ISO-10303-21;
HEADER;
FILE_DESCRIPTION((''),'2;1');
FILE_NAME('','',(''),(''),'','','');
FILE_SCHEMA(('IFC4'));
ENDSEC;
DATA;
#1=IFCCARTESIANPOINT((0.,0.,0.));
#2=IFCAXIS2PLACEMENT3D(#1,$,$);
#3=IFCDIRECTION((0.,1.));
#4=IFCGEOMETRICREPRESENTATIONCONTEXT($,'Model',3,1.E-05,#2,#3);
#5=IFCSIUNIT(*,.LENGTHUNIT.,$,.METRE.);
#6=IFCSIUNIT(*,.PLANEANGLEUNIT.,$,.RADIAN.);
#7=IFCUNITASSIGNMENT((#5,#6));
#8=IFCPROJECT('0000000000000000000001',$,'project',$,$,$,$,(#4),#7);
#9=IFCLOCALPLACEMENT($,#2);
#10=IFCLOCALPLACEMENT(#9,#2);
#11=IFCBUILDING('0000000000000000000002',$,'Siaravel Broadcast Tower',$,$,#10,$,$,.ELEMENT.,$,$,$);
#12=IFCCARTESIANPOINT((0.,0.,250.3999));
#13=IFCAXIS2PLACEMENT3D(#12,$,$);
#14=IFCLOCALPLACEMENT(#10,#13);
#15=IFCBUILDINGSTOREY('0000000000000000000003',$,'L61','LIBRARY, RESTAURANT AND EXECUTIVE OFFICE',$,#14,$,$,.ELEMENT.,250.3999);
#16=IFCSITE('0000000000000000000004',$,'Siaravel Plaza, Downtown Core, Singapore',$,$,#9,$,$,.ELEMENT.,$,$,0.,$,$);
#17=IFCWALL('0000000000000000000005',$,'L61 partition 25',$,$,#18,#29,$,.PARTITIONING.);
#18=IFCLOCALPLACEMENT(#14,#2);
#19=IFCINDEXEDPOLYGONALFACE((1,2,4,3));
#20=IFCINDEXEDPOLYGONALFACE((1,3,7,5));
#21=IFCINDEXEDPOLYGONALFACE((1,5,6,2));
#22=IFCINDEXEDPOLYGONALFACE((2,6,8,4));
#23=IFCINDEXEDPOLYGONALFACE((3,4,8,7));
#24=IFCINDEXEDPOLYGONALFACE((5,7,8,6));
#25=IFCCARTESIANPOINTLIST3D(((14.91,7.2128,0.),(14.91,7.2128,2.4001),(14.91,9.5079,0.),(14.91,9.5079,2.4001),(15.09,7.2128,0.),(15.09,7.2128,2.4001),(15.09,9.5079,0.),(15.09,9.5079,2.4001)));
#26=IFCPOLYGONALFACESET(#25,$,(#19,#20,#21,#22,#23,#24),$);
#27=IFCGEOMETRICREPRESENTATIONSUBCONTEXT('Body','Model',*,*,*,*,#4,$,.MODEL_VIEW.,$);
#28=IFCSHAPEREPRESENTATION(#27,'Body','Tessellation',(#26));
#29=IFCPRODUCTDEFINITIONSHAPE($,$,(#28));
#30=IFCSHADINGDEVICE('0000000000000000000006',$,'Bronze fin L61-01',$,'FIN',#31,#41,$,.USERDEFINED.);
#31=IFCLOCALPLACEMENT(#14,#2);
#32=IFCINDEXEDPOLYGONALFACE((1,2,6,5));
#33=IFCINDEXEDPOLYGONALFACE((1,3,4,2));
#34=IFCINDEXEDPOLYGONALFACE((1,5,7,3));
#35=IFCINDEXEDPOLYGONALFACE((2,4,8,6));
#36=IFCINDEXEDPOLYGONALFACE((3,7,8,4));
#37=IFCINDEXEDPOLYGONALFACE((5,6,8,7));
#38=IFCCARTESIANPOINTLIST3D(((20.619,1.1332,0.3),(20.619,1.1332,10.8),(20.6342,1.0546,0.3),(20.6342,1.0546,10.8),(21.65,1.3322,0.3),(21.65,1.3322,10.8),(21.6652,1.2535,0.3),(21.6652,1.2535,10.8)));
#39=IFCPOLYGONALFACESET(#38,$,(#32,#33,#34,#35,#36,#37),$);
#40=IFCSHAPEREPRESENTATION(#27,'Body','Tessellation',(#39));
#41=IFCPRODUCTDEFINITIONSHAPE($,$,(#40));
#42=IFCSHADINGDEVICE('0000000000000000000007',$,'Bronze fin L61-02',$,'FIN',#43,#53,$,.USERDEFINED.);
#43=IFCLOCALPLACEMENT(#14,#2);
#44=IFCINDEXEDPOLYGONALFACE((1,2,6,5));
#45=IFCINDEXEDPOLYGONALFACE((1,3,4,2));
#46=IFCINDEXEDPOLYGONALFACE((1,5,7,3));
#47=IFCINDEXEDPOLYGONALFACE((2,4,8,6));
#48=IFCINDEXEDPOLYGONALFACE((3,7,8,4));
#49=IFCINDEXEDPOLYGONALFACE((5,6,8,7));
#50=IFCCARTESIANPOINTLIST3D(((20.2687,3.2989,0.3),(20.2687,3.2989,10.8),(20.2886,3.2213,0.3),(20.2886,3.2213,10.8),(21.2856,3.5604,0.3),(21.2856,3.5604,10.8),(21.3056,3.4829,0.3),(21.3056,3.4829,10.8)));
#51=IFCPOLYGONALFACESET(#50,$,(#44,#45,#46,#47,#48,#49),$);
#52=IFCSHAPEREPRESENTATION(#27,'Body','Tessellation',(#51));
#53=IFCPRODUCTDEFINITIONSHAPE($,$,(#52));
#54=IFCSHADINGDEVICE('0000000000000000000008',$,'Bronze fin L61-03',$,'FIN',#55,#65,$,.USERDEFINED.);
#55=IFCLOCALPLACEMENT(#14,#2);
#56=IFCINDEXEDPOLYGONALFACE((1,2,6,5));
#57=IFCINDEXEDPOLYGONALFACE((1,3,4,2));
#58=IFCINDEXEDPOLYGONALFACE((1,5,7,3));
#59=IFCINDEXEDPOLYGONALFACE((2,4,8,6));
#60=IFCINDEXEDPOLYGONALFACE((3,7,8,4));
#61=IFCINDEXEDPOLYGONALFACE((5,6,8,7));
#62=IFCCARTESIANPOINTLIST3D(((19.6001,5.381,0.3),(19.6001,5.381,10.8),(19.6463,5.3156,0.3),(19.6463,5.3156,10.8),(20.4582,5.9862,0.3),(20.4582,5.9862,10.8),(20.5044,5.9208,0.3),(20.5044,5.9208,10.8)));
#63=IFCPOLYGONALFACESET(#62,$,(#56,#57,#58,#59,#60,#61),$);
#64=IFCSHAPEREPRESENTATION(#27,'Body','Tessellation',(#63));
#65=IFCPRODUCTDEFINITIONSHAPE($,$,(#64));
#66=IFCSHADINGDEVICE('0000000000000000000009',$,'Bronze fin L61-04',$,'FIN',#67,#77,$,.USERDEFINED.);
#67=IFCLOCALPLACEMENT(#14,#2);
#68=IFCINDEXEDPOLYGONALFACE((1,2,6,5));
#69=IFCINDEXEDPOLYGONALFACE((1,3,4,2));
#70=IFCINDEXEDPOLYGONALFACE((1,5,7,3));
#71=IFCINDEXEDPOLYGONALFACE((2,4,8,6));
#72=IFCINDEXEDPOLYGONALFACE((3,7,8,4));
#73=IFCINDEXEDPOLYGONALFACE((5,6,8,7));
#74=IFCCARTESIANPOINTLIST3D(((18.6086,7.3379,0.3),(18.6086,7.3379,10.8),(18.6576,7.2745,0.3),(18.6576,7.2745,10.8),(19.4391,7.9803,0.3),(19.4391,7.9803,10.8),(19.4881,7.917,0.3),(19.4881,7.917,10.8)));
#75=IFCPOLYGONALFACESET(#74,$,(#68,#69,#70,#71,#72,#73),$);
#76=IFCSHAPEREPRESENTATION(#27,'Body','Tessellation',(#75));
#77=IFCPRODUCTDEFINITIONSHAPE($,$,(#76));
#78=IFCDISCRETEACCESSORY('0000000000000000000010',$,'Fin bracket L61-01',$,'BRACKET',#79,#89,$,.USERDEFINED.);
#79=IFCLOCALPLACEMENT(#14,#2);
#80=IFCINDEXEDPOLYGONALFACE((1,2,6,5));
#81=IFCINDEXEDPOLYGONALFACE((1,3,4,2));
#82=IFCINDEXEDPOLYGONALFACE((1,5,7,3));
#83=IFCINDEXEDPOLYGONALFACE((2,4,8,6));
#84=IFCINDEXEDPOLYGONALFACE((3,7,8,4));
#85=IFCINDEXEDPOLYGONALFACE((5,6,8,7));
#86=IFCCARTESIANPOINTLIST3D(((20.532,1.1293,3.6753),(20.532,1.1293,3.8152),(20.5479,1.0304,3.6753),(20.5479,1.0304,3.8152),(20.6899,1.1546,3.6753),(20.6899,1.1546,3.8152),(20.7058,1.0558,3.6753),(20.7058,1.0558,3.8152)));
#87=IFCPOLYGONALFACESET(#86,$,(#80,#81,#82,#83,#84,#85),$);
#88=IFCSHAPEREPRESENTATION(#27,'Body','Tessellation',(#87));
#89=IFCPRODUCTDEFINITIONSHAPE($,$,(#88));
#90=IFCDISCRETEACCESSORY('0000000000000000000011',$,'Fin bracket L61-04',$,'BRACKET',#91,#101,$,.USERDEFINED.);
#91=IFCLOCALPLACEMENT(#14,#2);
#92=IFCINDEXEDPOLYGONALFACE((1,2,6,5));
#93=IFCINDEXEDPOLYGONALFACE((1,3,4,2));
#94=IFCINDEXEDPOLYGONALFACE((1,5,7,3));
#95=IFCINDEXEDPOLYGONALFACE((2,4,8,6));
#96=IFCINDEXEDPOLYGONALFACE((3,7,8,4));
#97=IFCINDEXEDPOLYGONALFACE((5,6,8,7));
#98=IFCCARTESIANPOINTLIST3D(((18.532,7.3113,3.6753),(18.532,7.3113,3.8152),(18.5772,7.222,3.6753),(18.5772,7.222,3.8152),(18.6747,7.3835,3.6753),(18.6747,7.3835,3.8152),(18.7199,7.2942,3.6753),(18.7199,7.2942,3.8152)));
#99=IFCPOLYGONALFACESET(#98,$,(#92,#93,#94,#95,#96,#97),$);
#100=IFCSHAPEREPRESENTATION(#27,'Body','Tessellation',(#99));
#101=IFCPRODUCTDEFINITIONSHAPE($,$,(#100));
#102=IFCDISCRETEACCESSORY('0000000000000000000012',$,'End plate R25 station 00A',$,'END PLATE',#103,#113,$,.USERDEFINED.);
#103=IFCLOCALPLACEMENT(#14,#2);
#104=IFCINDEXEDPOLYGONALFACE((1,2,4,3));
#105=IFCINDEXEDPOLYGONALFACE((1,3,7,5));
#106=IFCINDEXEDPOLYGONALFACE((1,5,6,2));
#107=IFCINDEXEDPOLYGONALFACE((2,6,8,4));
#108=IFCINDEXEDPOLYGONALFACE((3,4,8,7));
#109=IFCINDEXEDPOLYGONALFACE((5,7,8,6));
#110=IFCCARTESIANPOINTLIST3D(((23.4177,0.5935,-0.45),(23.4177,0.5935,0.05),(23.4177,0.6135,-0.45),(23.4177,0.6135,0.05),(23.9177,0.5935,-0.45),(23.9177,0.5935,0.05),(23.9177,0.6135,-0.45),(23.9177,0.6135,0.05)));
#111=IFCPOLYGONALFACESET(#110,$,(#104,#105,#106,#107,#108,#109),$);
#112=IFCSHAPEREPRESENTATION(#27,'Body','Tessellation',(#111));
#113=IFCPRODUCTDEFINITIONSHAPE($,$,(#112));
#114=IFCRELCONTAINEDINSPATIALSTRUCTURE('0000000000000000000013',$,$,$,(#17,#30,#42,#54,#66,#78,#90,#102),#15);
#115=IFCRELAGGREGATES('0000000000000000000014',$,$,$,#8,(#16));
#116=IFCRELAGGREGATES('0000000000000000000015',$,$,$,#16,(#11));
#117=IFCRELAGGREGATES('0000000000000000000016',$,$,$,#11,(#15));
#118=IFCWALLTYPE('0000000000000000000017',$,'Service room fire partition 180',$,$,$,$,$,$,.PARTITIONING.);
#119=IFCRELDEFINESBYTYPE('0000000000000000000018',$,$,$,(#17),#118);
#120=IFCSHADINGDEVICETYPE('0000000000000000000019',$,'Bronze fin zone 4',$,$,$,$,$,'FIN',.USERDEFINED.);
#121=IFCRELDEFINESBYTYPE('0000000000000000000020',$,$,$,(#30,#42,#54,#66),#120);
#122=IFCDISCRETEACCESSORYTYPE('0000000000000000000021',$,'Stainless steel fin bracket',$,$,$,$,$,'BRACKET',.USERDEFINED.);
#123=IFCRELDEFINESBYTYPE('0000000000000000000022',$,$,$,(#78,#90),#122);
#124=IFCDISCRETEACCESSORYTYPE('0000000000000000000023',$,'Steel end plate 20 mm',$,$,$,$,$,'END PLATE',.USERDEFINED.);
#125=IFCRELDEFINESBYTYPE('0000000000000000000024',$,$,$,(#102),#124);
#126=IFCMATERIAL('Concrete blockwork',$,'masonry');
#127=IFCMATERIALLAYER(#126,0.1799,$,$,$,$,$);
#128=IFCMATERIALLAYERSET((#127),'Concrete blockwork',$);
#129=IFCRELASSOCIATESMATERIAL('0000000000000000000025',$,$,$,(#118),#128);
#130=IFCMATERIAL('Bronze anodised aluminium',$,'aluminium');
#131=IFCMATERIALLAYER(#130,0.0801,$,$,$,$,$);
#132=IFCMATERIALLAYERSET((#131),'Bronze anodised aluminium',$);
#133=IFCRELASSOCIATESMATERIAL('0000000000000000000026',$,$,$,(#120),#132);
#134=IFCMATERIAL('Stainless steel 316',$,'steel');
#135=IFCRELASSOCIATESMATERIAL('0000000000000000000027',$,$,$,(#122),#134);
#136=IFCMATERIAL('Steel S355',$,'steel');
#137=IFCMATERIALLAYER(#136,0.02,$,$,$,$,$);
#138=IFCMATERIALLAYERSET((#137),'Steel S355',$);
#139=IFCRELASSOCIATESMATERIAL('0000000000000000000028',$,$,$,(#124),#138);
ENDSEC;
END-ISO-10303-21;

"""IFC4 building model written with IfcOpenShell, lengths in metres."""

from ifc_helpers import new_model, si_unit, direction, frame, frame_2d, origin, origin_2d, place, context, subcontext, project, spatial, rectangle, extrude, material, layer, layer_set, type_object, element, save


model = new_model("IFC4")

# Units and contexts
model_context = context("Model", 3, precision=1e-05, world=origin(), true_north=direction((0.0, 1.0)))
body_context = subcontext(model_context, "Body", "Model", "MODEL_VIEW")
ifc_project = project(units=[si_unit("LENGTHUNIT", "METRE"), si_unit("PLANEANGLEUNIT", "RADIAN")], contexts=[model_context])

# Site, building, storey
site_placement = place(None, origin())
site = spatial("IfcSite", under=ifc_project, at=site_placement, Name="Siaravel Plaza, Downtown Core, Singapore", CompositionType="ELEMENT", RefElevation=0.0)
building_placement = place(site_placement, origin())
building = spatial("IfcBuilding", under=site, at=building_placement, Name="Siaravel Broadcast Tower", CompositionType="ELEMENT")
storey_placement = place(building_placement, frame((0.0, 0.0, 250.3999)))
storey = spatial("IfcBuildingStorey", under=building, at=storey_placement, Name="L61", Description="LIBRARY, RESTAURANT AND EXECUTIVE OFFICE", CompositionType="ELEMENT", Elevation=250.3999)

# Shared definitions
ifc_material_1 = material(Name="Steel S355", Category="steel")

# Wall
ifc_material_2 = material(Name="Concrete blockwork", Category="masonry")
ifc_layer_1 = layer(ifc_material_2, 0.1799)
ifc_layer_set_1 = layer_set([ifc_layer_1], Name="Concrete blockwork")
wall_type = type_object("IfcWallType", Name="Service room fire partition 180", PredefinedType="PARTITIONING", material=ifc_layer_set_1)
wall_1_placement = place(storey_placement, frame((15.0, 7.2129, 0.0), z_axis=(0.0, 0.0, 1.0), x_axis=(0.0, 1.0, 0.0)))
element("IfcWall", 1, at=wall_1_placement, inside=storey, type_object=wall_type, Name="L61 partition 25", PredefinedType="PARTITIONING", context=body_context, shape_type="SweptSolid", body=[
    extrude(rectangle(XDim=2.2952, YDim=0.1799, at=frame_2d((1.1475, 0.0))), origin(), (0.0, 0.0, 1.0), 2.4001),
])

# Shading devices
ifc_material_3 = material(Name="Bronze anodised aluminium", Category="aluminium")
ifc_layer_2 = layer(ifc_material_3, 0.0801)
ifc_layer_set_2 = layer_set([ifc_layer_2], Name="Bronze anodised aluminium")
shading_device_type = type_object("IfcShadingDeviceType", Name="Bronze fin zone 4", ElementType="FIN", PredefinedType="USERDEFINED", material=ifc_layer_set_2)
for number, where, z_axis, x_axis, name in (
    (2, (21.1421, 1.1934, 0.3), (0.0, 0.0, 1.0), (0.98188, 0.189505, 0.0), "Bronze fin L61-01"),
    (3, (20.7871, 3.3909, 0.3), (0.0, 0.0, 1.0), (0.968487, 0.249063, 0.0), "Bronze fin L61-02"),
    (4, (20.0522, 5.6509, 0.3), (0.0, 0.0, 1.0), (0.817197, 0.576358, 0.0), "Bronze fin L61-03"),
    (5, (19.0483, 7.6274, 0.3), (0.0, 0.0, 1.0), (0.79098, 0.611842, 0.0), "Bronze fin L61-04"),
):
    element("IfcShadingDevice", number, at=place(storey_placement, frame(where, z_axis=z_axis, x_axis=x_axis)), inside=storey, type_object=shading_device_type, Name=name, ObjectType="FIN", PredefinedType="USERDEFINED", context=body_context, shape_type="SweptSolid", body=[
        extrude(rectangle(XDim=1.05, YDim=0.0801, at=origin_2d()), origin(), (0.0, 0.0, 1.0), 10.5),
    ])

# Discrete accessories
ifc_material_4 = material(Name="Stainless steel 316", Category="steel")
discrete_accessory_type_1 = type_object("IfcDiscreteAccessoryType", Name="Stainless steel fin bracket", ElementType="BRACKET", PredefinedType="USERDEFINED", material=ifc_material_4)
for number, where, z_axis, x_axis, name in (
    (6, (20.6189, 1.0925, 3.6753), (0.0, 0.0, 1.0), (0.987329, 0.158685, 0.0), "Fin bracket L61-01"),
    (7, (18.626, 7.3027, 3.6753), (0.0, 0.0, 1.0), (0.892393, 0.451259, 0.0), "Fin bracket L61-04"),
):
    element("IfcDiscreteAccessory", number, at=place(storey_placement, frame(where, z_axis=z_axis, x_axis=x_axis)), inside=storey, type_object=discrete_accessory_type_1, Name=name, ObjectType="BRACKET", PredefinedType="USERDEFINED", context=body_context, shape_type="SweptSolid", body=[
        extrude(rectangle(XDim=0.1599, YDim=0.1001, at=origin_2d()), origin(), (0.0, 0.0, 1.0), 0.1399),
    ])
ifc_layer_3 = layer(ifc_material_1, 0.02)
ifc_layer_set_3 = layer_set([ifc_layer_3], Name="Steel S355")
discrete_accessory_type_2 = type_object("IfcDiscreteAccessoryType", Name="Steel end plate 20 mm", ElementType="END PLATE", PredefinedType="USERDEFINED", material=ifc_layer_set_3)
discrete_accessory_placement = place(storey_placement, frame((23.6677, 0.6035, -0.45), z_axis=(0.0, 0.0, 1.0), x_axis=(0.0, 1.0, 0.0)))
element("IfcDiscreteAccessory", 8, at=discrete_accessory_placement, inside=storey, type_object=discrete_accessory_type_2, Name="End plate R25 station 00A", ObjectType="END PLATE", PredefinedType="USERDEFINED", context=body_context, shape_type="SweptSolid", body=[
    extrude(rectangle(XDim=0.02, YDim=0.5, at=origin_2d()), origin(), (0.0, 0.0, 1.0), 0.5),
])

save(model, "model.ifc")
